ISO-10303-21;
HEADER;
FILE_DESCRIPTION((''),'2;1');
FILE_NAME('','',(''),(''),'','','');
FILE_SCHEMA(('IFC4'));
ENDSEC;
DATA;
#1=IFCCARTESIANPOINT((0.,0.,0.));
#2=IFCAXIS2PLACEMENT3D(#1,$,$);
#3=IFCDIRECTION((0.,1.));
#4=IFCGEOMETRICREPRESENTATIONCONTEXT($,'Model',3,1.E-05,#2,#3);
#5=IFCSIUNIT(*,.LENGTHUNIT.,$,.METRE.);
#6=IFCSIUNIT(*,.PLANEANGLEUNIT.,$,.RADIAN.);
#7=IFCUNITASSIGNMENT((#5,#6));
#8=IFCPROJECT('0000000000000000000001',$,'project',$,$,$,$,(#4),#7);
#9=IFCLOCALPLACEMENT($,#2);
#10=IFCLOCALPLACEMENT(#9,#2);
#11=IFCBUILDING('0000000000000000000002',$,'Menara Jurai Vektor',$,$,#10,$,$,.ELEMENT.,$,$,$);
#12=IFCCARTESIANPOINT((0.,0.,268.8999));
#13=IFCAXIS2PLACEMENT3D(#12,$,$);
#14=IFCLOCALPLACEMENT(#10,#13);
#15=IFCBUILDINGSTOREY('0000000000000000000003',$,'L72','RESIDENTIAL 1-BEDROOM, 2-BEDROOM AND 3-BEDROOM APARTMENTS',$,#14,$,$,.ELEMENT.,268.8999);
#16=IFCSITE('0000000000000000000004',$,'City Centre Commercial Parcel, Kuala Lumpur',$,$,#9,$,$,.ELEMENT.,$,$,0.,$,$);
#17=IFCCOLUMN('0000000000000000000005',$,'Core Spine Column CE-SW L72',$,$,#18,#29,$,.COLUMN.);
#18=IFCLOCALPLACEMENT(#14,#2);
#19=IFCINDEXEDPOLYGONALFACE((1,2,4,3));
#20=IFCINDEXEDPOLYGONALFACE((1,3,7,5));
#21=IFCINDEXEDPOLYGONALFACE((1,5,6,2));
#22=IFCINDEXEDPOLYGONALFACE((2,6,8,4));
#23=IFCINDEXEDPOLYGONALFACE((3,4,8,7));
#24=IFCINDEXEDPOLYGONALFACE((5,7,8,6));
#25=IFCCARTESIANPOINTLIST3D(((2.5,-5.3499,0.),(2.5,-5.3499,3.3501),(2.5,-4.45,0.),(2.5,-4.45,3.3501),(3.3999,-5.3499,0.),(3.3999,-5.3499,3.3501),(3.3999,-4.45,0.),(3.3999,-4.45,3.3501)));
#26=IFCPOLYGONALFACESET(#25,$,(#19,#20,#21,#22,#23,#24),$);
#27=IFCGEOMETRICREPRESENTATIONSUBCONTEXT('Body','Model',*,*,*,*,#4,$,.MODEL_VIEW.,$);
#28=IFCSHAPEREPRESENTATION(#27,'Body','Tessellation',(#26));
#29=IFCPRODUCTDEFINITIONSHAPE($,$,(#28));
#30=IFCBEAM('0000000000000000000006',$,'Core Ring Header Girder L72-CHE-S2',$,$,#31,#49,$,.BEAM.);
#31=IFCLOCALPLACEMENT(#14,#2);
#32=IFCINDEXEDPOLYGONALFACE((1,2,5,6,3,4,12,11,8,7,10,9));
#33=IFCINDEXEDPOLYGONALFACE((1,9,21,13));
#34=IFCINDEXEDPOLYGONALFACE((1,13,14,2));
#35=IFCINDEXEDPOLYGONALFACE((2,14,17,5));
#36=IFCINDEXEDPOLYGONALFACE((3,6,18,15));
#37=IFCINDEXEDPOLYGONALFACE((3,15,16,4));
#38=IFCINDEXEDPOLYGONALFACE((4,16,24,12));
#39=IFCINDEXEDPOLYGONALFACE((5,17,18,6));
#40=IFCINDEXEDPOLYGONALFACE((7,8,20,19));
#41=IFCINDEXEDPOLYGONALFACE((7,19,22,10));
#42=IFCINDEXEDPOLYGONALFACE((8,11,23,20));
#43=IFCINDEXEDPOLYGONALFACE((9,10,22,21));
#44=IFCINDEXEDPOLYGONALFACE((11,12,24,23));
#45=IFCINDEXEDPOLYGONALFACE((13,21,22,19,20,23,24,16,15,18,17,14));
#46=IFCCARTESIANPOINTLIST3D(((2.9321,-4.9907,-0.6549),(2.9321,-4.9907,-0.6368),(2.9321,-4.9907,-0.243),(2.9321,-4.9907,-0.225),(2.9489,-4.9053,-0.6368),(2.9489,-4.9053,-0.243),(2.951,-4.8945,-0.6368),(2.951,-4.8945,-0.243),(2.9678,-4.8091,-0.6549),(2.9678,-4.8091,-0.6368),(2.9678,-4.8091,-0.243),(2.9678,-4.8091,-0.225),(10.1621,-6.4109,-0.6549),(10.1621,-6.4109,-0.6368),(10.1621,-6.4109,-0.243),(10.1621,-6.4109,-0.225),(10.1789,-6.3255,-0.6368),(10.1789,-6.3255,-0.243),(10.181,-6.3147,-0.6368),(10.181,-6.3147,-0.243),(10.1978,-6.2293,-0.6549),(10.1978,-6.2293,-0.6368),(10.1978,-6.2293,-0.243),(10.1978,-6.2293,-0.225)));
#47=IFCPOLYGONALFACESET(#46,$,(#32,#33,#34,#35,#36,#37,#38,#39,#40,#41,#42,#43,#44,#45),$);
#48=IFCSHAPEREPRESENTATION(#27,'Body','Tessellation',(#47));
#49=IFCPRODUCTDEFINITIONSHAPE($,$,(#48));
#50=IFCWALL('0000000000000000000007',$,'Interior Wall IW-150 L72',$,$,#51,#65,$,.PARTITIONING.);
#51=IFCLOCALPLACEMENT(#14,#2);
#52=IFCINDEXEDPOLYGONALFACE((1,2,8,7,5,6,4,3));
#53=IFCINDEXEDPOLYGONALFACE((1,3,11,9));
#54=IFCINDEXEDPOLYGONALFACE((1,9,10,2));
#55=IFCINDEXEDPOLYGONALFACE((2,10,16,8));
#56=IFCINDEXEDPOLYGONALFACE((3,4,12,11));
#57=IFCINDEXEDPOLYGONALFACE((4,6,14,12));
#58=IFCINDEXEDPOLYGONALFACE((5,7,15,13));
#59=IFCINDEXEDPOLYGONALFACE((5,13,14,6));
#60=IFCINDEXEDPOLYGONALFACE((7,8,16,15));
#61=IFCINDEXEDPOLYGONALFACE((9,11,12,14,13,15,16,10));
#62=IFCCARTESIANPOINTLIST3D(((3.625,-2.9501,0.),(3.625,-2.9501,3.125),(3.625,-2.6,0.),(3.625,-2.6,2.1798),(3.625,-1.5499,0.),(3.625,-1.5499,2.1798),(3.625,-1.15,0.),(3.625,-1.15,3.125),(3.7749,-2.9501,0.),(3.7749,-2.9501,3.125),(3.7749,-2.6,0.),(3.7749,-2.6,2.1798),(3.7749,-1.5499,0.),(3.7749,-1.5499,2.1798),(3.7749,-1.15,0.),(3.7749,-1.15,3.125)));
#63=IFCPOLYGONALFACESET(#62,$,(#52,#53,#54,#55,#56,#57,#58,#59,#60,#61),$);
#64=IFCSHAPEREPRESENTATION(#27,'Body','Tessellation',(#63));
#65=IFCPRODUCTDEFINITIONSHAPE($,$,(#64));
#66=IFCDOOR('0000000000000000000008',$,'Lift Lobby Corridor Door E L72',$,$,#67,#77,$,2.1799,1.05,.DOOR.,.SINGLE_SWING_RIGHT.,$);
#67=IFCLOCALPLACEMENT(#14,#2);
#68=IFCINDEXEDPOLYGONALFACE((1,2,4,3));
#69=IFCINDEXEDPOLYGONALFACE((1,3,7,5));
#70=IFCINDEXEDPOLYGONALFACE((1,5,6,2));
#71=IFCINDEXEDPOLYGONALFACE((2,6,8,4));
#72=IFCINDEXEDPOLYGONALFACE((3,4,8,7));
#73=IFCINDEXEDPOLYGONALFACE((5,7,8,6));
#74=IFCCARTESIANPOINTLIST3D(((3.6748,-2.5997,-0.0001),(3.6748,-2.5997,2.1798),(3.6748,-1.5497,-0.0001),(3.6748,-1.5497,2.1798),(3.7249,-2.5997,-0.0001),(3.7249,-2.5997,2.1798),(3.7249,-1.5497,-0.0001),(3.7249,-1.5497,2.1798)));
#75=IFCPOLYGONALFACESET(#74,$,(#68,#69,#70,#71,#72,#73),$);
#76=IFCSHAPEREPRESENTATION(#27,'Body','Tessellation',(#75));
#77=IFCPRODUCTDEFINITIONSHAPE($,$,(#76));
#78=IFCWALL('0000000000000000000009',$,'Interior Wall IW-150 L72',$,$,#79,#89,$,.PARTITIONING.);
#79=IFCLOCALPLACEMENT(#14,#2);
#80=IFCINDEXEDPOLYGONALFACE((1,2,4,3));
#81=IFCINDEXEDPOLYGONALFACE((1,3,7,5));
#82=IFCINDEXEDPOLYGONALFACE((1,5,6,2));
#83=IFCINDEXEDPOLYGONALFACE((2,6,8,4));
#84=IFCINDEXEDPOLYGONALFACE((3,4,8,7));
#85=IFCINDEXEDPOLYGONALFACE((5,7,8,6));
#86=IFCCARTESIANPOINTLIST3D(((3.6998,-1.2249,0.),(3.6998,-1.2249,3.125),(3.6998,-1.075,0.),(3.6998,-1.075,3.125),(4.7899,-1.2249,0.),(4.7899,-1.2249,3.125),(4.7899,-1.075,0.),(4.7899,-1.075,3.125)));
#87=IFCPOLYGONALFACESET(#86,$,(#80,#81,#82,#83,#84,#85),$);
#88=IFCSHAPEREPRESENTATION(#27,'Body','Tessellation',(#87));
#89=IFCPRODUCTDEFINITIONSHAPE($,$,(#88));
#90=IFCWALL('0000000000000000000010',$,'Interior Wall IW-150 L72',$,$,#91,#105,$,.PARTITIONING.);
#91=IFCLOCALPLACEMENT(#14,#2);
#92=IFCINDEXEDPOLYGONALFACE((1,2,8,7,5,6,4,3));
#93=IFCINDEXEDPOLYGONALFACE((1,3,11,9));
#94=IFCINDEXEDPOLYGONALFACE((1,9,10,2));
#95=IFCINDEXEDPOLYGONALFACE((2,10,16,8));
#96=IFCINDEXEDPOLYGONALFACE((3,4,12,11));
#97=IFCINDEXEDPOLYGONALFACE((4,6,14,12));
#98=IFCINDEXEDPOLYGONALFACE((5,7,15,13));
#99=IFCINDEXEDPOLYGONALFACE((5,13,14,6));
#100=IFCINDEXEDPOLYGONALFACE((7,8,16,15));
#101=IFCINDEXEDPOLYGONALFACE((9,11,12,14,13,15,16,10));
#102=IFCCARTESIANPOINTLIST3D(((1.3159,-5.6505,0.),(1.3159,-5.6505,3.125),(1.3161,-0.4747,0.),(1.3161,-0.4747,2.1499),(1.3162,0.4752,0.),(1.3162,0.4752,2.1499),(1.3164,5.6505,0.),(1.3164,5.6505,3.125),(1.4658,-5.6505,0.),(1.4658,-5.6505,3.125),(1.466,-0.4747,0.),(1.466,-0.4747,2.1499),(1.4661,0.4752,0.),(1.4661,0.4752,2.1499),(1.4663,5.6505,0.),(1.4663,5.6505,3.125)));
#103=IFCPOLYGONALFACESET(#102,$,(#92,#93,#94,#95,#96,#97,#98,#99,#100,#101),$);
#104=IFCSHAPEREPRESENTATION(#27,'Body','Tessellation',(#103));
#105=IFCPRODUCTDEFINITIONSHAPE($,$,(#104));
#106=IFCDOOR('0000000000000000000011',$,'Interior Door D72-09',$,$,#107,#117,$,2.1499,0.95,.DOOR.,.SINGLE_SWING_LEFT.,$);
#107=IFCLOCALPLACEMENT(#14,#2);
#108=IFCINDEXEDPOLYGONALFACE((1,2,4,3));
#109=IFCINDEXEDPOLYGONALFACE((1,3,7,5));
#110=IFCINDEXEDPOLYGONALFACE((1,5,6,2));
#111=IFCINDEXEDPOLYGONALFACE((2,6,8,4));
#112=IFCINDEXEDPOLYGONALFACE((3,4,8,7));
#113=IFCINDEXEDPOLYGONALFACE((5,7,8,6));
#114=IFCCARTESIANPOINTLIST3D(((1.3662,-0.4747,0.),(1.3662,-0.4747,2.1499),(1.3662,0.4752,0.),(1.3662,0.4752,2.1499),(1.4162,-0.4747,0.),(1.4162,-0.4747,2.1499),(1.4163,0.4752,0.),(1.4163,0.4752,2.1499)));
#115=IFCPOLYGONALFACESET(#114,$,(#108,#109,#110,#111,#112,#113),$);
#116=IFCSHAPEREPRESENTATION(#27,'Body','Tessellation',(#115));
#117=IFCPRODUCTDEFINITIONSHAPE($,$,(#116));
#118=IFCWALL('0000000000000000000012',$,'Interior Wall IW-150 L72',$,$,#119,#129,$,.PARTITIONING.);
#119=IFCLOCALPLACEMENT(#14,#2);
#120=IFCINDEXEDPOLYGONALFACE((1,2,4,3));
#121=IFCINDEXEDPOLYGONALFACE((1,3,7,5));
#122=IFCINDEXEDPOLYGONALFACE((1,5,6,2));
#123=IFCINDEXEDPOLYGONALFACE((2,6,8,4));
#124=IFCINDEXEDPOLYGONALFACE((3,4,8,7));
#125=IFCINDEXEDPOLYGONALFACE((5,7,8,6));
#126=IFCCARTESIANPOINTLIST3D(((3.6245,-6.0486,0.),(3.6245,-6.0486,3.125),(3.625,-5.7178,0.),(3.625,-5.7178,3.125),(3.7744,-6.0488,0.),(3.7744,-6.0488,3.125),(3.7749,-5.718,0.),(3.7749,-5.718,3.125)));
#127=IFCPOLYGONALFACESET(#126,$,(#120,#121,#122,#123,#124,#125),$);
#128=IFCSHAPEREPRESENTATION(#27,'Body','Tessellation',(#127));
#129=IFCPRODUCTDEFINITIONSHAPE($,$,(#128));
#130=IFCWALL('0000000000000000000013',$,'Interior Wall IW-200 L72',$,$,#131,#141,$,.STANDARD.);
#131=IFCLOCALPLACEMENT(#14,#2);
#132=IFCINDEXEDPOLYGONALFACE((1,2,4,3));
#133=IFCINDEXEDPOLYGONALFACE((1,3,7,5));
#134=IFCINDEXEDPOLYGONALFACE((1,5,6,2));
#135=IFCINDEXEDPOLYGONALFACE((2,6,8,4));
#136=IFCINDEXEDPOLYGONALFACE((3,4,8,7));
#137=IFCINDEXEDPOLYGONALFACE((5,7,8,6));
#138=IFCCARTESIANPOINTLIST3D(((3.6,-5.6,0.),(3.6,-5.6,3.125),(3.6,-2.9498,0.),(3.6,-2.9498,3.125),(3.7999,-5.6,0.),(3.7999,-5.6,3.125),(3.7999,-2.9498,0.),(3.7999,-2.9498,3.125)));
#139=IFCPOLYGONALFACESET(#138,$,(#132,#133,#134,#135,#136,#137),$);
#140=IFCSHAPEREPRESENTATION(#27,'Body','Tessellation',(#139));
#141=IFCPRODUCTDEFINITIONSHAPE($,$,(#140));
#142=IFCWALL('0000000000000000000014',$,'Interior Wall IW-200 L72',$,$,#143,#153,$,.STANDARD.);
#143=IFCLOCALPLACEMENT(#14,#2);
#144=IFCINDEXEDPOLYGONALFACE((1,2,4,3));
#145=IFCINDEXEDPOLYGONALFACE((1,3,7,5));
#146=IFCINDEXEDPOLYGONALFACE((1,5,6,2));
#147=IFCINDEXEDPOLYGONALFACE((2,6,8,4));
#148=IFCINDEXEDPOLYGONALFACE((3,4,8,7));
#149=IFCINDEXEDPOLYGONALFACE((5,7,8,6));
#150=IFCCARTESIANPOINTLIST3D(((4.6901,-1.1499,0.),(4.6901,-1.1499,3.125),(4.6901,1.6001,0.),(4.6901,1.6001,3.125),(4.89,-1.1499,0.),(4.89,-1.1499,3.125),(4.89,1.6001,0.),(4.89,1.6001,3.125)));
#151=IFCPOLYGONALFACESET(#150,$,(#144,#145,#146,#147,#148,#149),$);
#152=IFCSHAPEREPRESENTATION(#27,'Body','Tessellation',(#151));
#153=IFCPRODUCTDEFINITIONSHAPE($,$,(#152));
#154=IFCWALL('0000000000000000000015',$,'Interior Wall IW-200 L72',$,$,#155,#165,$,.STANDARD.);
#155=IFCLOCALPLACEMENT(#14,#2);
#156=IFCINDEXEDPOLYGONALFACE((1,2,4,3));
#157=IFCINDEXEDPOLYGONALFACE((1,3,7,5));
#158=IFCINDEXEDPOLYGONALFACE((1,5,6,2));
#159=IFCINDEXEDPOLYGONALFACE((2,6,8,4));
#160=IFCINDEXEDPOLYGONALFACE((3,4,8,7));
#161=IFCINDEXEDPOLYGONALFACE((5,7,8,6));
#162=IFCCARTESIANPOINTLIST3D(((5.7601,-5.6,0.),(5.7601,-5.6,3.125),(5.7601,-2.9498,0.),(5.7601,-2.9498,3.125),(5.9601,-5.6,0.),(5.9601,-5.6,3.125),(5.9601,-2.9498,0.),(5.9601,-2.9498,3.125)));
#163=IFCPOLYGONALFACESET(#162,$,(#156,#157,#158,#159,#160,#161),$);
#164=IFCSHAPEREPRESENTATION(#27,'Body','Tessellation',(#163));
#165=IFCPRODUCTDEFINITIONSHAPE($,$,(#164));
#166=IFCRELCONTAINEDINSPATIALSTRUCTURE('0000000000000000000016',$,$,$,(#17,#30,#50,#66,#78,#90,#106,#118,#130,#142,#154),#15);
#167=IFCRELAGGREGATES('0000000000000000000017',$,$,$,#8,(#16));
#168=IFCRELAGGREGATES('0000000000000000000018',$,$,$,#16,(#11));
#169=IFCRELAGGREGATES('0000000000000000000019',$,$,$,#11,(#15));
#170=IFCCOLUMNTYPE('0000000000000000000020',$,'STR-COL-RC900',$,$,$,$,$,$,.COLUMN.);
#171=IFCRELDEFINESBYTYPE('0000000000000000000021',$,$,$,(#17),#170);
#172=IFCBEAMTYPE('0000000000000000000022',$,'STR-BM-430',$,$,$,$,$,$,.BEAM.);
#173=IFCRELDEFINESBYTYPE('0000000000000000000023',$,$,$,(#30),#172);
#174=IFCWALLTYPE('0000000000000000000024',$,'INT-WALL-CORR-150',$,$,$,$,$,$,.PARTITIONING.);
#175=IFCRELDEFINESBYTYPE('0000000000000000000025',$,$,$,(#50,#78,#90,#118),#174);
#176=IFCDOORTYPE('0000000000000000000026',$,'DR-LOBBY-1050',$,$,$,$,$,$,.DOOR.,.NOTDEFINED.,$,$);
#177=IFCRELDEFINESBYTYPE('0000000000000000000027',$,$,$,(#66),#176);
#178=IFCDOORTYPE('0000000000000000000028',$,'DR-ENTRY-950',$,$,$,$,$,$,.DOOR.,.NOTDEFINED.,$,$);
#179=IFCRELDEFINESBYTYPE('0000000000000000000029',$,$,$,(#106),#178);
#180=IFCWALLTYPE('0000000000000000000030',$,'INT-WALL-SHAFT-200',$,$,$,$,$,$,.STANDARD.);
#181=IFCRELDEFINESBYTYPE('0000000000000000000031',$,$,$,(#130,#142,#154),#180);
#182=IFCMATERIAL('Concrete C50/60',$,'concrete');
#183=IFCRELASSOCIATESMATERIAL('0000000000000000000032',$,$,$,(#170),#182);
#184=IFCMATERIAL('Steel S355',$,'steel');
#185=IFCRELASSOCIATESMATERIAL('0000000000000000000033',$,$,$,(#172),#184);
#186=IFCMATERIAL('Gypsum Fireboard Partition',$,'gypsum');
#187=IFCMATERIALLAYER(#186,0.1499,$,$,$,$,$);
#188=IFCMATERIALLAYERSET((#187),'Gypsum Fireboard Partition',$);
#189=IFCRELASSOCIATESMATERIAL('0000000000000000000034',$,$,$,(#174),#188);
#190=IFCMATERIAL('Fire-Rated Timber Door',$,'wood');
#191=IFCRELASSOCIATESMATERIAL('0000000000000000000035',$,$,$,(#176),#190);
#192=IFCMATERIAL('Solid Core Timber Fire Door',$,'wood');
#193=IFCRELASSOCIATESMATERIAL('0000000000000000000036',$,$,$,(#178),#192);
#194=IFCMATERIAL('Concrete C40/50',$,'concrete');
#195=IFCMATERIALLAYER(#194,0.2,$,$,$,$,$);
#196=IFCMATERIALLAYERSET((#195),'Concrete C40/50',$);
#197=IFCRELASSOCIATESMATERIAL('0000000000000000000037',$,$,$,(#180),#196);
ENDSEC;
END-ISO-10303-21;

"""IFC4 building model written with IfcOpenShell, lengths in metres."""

from ifc_helpers import new_model, si_unit, direction, frame, frame_2d, origin, origin_2d, place, context, subcontext, project, spatial, rectangle, i_section, extrude, material, layer, layer_set, material_profile, profile_set, type_object, element, fill, save


model = new_model("IFC4")

# Units and contexts
model_context = context("Model", 3, precision=1e-05, world=origin(), true_north=direction((0.0, 1.0)))
body_context = subcontext(model_context, "Body", "Model", "MODEL_VIEW")
ifc_project = project(units=[si_unit("LENGTHUNIT", "METRE"), si_unit("PLANEANGLEUNIT", "RADIAN")], contexts=[model_context])

# Site, building, storey
site_placement = place(None, origin())
site = spatial("IfcSite", under=ifc_project, at=site_placement, Name="City Centre Commercial Parcel, Kuala Lumpur", CompositionType="ELEMENT", RefElevation=0.0)
building_placement = place(site_placement, origin())
building = spatial("IfcBuilding", under=site, at=building_placement, Name="Menara Jurai Vektor", CompositionType="ELEMENT")
storey_placement = place(building_placement, frame((0.0, 0.0, 268.8999)))
storey = spatial("IfcBuildingStorey", under=building, at=storey_placement, Name="L72", Description="RESIDENTIAL 1-BEDROOM, 2-BEDROOM AND 3-BEDROOM APARTMENTS", CompositionType="ELEMENT", Elevation=268.8999)

# Column
ifc_material_1 = material(Name="Concrete C50/60", Category="concrete")
ifc_material_profile_1 = material_profile(ifc_material_1, rectangle(XDim=0.8999, YDim=0.8999, at=origin_2d()), Name="RC 900x900")
ifc_profile_set_1 = profile_set([ifc_material_profile_1], Name="Concrete C50/60")
column_type = type_object("IfcColumnType", Name="STR-COL-RC900", PredefinedType="COLUMN", material=ifc_profile_set_1)
column_placement = place(storey_placement, frame((2.95, -4.8999, 0.0), z_axis=(0.0, 0.0, 1.0), x_axis=(1.0, 0.0, 0.0)))
element("IfcColumn", 1, at=column_placement, inside=storey, type_object=column_type, Name="Core Spine Column CE-SW L72", PredefinedType="COLUMN", context=body_context, shape_type="SweptSolid", body=[
    extrude(rectangle(XDim=0.8999, YDim=0.8999, at=origin_2d()), origin(), (0.0, 0.0, 1.0), 3.3501),
])

# Beam
ifc_material_2 = material(Name="Steel S355", Category="steel")
ifc_material_profile_2 = material_profile(ifc_material_2, i_section(OverallWidth=0.1851, OverallDepth=0.4299, WebThickness=0.011, FlangeThickness=0.0181, at=origin_2d()), Name="PG 430x185x76")
ifc_profile_set_2 = profile_set([ifc_material_profile_2], Name="Steel S355")
beam_type = type_object("IfcBeamType", Name="STR-BM-430", PredefinedType="BEAM", material=ifc_profile_set_2)
beam_placement = place(storey_placement, frame((2.95, -4.8999, -0.4399), z_axis=(0.981249, -0.192744, 0.0), x_axis=(0.192744, 0.981249, 0.0)))
element("IfcBeam", 2, at=beam_placement, inside=storey, type_object=beam_type, Name="Core Ring Header Girder L72-CHE-S2", PredefinedType="BEAM", context=body_context, shape_type="SweptSolid", body=[
    extrude(i_section(OverallWidth=0.1851, OverallDepth=0.4299, WebThickness=0.011, FlangeThickness=0.0181, at=origin_2d()), origin(), (0.0, 0.0, 1.0), 7.3682),
])

# Wall, opening, door
ifc_material_3 = material(Name="Gypsum Fireboard Partition", Category="gypsum")
ifc_layer_1 = layer(ifc_material_3, 0.1499)
ifc_layer_set_1 = layer_set([ifc_layer_1], Name="Gypsum Fireboard Partition")
wall_type_1 = type_object("IfcWallType", Name="INT-WALL-CORR-150", PredefinedType="PARTITIONING", material=ifc_layer_set_1)
wall_1_placement = place(storey_placement, frame((3.7, -2.95, 0.0), z_axis=(0.0, 0.0, 1.0), x_axis=(0.0, 1.0, 0.0)))
wall_1 = element("IfcWall", 3, at=wall_1_placement, inside=storey, type_object=wall_type_1, Name="Interior Wall IW-150 L72", PredefinedType="PARTITIONING", context=body_context, shape_type="SweptSolid", body=[
    extrude(rectangle(XDim=1.8, YDim=0.1499, at=frame_2d((0.8999, 0.0))), origin(), (0.0, 0.0, 1.0), 3.125),
])
opening_1_placement = place(wall_1_placement, frame((0.3501, 0.0, 0.0)))
opening_1 = element("IfcOpeningElement", 4, at=opening_1_placement, cuts=wall_1, PredefinedType="OPENING", context=body_context, shape_type="SweptSolid", body=[
    extrude(rectangle(XDim=1.05, YDim=2.1799, at=frame_2d((0.5249, 1.0898))), frame((0.0, 0.085, 0.0), z_axis=(0.0, -1.0, 0.0), x_axis=(1.0, 0.0, 0.0)), (0.0, 0.0, 1.0), 0.1699),
])
ifc_material_4 = material(Name="Fire-Rated Timber Door", Category="wood")
door_type_1 = type_object("IfcDoorType", Name="DR-LOBBY-1050", OperationType="NOTDEFINED", PredefinedType="DOOR", material=ifc_material_4)
door_1_placement = place(opening_1_placement, frame((1.05, 0.0, 0.0), z_axis=(0.0, 0.0, 1.0), x_axis=(-1.0, 0.0, 0.0)))
door_1 = element("IfcDoor", 5, at=door_1_placement, inside=storey, type_object=door_type_1, Name="Lift Lobby Corridor Door E L72", OperationType="SINGLE_SWING_RIGHT", OverallHeight=2.1799, OverallWidth=1.05, PredefinedType="DOOR", context=body_context, shape_type="SweptSolid", body=[
    extrude(rectangle(XDim=1.05, YDim=2.1799, at=frame_2d((0.5249, 1.0898))), frame((0.0, 0.0249, 0.0), z_axis=(0.0, -1.0, 0.0), x_axis=(1.0, 0.0, 0.0)), (0.0, 0.0, 1.0), 0.05),
])
fill(opening_1, door_1)

# Wall
wall_2_placement = place(storey_placement, frame((3.7, -1.1499, 0.0), z_axis=(0.0, 0.0, 1.0), x_axis=(1.0, 0.0, 0.0)))
element("IfcWall", 6, at=wall_2_placement, inside=storey, type_object=wall_type_1, Name="Interior Wall IW-150 L72", PredefinedType="PARTITIONING", context=body_context, shape_type="SweptSolid", body=[
    extrude(rectangle(XDim=1.0901, YDim=0.1499, at=frame_2d((0.5449, 0.0))), origin(), (0.0, 0.0, 1.0), 3.125),
])

# Wall, opening, door
wall_3_placement = place(storey_placement, frame((1.3909, -5.6504, 0.0), z_axis=(0.0, 0.0, 1.0), x_axis=(0.000043, 1.0, 0.0)))
wall_3 = element("IfcWall", 7, at=wall_3_placement, inside=storey, type_object=wall_type_1, Name="Interior Wall IW-150 L72", PredefinedType="PARTITIONING", context=body_context, shape_type="SweptSolid", body=[
    extrude(rectangle(XDim=11.301, YDim=0.1499, at=frame_2d((5.6504, 0.0))), origin(), (0.0, 0.0, 1.0), 3.125),
])
opening_2_placement = place(wall_3_placement, frame((5.1755, 0.0, 0.0)))
opening_2 = element("IfcOpeningElement", 8, at=opening_2_placement, cuts=wall_3, PredefinedType="OPENING", context=body_context, shape_type="SweptSolid", body=[
    extrude(rectangle(XDim=0.95, YDim=2.1499, at=frame_2d((0.4751, 1.075))), frame((0.0, 0.085, 0.0), z_axis=(0.0, -1.0, 0.0), x_axis=(1.0, 0.0, 0.0)), (0.0, 0.0, 1.0), 0.1699),
])
ifc_material_5 = material(Name="Solid Core Timber Fire Door", Category="wood")
door_type_2 = type_object("IfcDoorType", Name="DR-ENTRY-950", OperationType="NOTDEFINED", PredefinedType="DOOR", material=ifc_material_5)
door_2_placement = place(opening_2_placement, origin())
door_2 = element("IfcDoor", 9, at=door_2_placement, inside=storey, type_object=door_type_2, Name="Interior Door D72-09", OperationType="SINGLE_SWING_LEFT", OverallHeight=2.1499, OverallWidth=0.95, PredefinedType="DOOR", context=body_context, shape_type="SweptSolid", body=[
    extrude(rectangle(XDim=0.95, YDim=2.1499, at=frame_2d((0.4751, 1.075))), frame((0.0, 0.0249, 0.0), z_axis=(0.0, -1.0, 0.0), x_axis=(1.0, 0.0, 0.0)), (0.0, 0.0, 1.0), 0.05),
])
fill(opening_2, door_2)

# Wall
wall_4_placement = place(storey_placement, frame((3.6995, -6.0488, 0.0), z_axis=(0.0, 0.0, 1.0), x_axis=(0.001476, 0.999999, 0.0)))
element("IfcWall", 10, at=wall_4_placement, inside=storey, type_object=wall_type_1, Name="Interior Wall IW-150 L72", PredefinedType="PARTITIONING", context=body_context, shape_type="SweptSolid", body=[
    extrude(rectangle(XDim=0.3308, YDim=0.1499, at=frame_2d((0.1655, 0.0))), origin(), (0.0, 0.0, 1.0), 3.125),
])

# Shared definitions
ifc_material_6 = material(Name="Concrete C40/50", Category="concrete")
ifc_layer_2 = layer(ifc_material_6, 0.2)
ifc_layer_set_2 = layer_set([ifc_layer_2], Name="Concrete C40/50")
wall_type_2 = type_object("IfcWallType", Name="INT-WALL-SHAFT-200", PredefinedType="STANDARD", material=ifc_layer_set_2)

# Walls
wall_5_placement = place(storey_placement, frame((3.7, -5.6001, 0.0), z_axis=(0.0, 0.0, 1.0), x_axis=(0.0, 1.0, 0.0)))
element("IfcWall", 11, at=wall_5_placement, inside=storey, type_object=wall_type_2, Name="Interior Wall IW-200 L72", PredefinedType="STANDARD", context=body_context, shape_type="SweptSolid", body=[
    extrude(rectangle(XDim=2.6501, YDim=0.2, at=frame_2d((1.3252, 0.0))), origin(), (0.0, 0.0, 1.0), 3.125),
])
wall_6_placement = place(storey_placement, frame((4.79, -1.1499, 0.0), z_axis=(0.0, 0.0, 1.0), x_axis=(0.0, 1.0, 0.0)))
element("IfcWall", 12, at=wall_6_placement, inside=storey, type_object=wall_type_2, Name="Interior Wall IW-200 L72", PredefinedType="STANDARD", context=body_context, shape_type="SweptSolid", body=[
    extrude(rectangle(XDim=2.75, YDim=0.2, at=frame_2d((1.375, 0.0))), origin(), (0.0, 0.0, 1.0), 3.125),
])

# Wall
wall_7_placement = place(storey_placement, frame((5.8601, -5.6001, 0.0), z_axis=(0.0, 0.0, 1.0), x_axis=(0.0, 1.0, 0.0)))
element("IfcWall", 13, at=wall_7_placement, inside=storey, type_object=wall_type_2, Name="Interior Wall IW-200 L72", PredefinedType="STANDARD", context=body_context, shape_type="SweptSolid", body=[
    extrude(rectangle(XDim=2.6501, YDim=0.2, at=frame_2d((1.3252, 0.0))), origin(), (0.0, 0.0, 1.0), 3.125),
])

save(model, "model.ifc")
